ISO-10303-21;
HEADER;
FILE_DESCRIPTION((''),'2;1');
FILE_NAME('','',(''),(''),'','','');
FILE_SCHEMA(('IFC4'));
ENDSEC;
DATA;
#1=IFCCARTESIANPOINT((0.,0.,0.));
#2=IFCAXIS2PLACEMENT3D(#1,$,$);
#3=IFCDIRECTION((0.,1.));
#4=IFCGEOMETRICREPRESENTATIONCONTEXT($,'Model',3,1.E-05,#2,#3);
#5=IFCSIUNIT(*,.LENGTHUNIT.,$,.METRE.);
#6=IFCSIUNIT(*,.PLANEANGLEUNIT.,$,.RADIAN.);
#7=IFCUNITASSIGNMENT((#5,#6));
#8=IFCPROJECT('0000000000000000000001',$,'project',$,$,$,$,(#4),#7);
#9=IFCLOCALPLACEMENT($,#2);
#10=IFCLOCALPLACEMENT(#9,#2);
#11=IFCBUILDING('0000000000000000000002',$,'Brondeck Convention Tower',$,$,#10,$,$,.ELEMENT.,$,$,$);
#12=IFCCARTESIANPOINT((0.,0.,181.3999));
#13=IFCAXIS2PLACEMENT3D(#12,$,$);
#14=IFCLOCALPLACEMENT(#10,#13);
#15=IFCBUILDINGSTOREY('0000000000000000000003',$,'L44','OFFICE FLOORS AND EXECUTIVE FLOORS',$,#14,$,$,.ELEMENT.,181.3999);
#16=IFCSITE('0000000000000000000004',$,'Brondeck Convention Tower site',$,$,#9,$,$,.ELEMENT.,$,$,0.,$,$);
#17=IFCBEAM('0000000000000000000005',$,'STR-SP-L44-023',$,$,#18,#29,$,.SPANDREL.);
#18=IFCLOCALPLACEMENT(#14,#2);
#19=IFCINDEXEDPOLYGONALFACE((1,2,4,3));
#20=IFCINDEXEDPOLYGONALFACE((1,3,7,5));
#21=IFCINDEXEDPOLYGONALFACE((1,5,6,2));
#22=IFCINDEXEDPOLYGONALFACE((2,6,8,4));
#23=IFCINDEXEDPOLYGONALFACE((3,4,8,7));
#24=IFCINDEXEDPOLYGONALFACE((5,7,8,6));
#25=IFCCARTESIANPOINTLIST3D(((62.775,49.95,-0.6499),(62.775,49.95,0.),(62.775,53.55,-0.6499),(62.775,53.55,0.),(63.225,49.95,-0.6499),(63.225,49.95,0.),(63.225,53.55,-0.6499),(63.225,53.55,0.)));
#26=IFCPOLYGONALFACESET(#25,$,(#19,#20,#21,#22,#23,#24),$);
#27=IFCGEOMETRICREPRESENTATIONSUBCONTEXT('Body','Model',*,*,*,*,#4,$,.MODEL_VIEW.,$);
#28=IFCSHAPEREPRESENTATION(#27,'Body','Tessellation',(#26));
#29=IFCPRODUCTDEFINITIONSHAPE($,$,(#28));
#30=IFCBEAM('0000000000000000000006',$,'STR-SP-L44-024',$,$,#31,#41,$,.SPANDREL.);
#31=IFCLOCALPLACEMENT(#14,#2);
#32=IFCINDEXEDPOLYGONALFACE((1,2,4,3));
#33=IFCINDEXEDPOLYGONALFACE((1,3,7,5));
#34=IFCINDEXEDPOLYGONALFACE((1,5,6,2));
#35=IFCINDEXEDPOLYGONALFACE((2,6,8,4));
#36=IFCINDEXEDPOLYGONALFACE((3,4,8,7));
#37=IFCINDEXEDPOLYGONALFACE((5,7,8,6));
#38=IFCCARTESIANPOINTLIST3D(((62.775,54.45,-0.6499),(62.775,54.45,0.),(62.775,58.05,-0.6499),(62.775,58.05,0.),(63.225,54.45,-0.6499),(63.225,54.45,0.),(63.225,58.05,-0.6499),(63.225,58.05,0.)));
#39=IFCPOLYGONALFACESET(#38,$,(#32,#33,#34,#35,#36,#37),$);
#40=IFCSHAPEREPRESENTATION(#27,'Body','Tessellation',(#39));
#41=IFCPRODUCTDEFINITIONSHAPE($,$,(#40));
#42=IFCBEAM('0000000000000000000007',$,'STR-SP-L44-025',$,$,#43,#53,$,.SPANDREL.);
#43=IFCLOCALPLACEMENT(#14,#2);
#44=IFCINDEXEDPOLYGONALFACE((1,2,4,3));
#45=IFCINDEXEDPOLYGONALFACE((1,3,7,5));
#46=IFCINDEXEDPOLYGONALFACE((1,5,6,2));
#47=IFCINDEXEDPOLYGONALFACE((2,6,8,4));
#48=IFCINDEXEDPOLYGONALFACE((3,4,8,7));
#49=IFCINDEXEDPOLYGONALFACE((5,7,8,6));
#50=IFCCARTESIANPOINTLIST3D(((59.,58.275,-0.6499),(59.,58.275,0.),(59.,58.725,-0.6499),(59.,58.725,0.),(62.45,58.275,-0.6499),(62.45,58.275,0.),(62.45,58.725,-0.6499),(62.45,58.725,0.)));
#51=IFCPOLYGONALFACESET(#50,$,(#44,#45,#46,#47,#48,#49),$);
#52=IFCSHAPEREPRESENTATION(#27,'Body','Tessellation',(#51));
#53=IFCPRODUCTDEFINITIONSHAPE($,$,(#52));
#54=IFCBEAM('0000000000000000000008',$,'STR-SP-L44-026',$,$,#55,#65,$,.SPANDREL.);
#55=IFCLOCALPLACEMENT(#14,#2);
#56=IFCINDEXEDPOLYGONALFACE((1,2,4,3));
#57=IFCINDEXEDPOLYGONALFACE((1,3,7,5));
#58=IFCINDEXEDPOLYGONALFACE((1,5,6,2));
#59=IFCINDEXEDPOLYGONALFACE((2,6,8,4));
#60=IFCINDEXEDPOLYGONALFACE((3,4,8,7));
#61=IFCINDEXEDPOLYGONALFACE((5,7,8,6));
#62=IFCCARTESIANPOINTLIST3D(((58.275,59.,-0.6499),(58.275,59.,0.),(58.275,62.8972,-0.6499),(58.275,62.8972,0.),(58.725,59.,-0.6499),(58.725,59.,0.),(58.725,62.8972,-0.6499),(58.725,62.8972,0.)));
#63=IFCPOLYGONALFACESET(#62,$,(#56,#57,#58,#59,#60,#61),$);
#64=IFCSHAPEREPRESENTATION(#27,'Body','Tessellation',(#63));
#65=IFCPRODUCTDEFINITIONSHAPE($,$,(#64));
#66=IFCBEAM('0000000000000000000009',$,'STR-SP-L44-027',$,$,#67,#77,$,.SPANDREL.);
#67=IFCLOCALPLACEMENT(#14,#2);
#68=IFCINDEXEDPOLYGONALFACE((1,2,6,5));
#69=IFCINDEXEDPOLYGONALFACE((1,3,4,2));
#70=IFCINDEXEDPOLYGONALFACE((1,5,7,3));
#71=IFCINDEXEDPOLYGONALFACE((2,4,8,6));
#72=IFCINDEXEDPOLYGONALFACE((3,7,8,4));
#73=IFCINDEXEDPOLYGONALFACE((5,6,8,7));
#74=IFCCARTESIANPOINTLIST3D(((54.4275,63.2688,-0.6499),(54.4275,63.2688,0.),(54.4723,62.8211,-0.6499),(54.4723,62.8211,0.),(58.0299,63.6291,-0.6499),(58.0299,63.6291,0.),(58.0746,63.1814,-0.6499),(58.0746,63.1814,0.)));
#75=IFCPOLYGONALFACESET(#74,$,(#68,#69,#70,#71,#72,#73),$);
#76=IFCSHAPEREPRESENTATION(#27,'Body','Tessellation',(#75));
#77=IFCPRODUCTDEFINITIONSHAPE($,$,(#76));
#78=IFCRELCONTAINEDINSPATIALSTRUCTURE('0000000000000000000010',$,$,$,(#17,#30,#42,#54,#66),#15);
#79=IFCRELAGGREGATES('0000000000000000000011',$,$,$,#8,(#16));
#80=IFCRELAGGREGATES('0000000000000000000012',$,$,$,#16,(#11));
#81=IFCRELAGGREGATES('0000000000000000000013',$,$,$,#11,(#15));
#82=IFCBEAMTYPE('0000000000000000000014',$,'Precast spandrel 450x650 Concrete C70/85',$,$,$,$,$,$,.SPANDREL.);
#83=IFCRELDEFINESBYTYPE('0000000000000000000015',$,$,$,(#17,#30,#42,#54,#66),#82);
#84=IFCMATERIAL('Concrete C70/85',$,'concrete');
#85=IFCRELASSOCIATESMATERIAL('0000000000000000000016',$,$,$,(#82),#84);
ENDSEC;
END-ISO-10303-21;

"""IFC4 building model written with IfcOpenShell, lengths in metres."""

from ifc_helpers import new_model, si_unit, direction, frame, origin, origin_2d, place, context, subcontext, project, spatial, rectangle, extrude, material, material_profile, profile_set, type_object, element, save


model = new_model("IFC4")

# Units and contexts
model_context = context("Model", 3, precision=1e-05, world=origin(), true_north=direction((0.0, 1.0)))
body_context = subcontext(model_context, "Body", "Model", "MODEL_VIEW")
ifc_project = project(units=[si_unit("LENGTHUNIT", "METRE"), si_unit("PLANEANGLEUNIT", "RADIAN")], contexts=[model_context])

# Site, building, storey
site_placement = place(None, origin())
site = spatial("IfcSite", under=ifc_project, at=site_placement, Name="Brondeck Convention Tower site", CompositionType="ELEMENT", RefElevation=0.0)
building_placement = place(site_placement, origin())
building = spatial("IfcBuilding", under=site, at=building_placement, Name="Brondeck Convention Tower", CompositionType="ELEMENT")
storey_placement = place(building_placement, frame((0.0, 0.0, 181.3999)))
storey = spatial("IfcBuildingStorey", under=building, at=storey_placement, Name="L44", Description="OFFICE FLOORS AND EXECUTIVE FLOORS", CompositionType="ELEMENT", Elevation=181.3999)

# Shared definitions
ifc_material_1 = material(Name="Concrete C70/85", Category="concrete")

# Beams
ifc_material_profile_1 = material_profile(ifc_material_1, rectangle(XDim=0.45, YDim=0.6499, at=origin_2d()), Name="Precast spandrel 450x650 Concrete C70/85")
ifc_profile_set_1 = profile_set([ifc_material_profile_1], Name="Concrete C70/85")
beam_type_1 = type_object("IfcBeamType", Name="Precast spandrel 450x650 Concrete C70/85", PredefinedType="SPANDREL", material=ifc_profile_set_1)
for number, where, z_axis, x_axis, name in (
    (1, (63.0, 49.95, -0.325), (0.0, 1.0, 0.0), (-1.0, 0.0, 0.0), "STR-SP-L44-023"),
    (2, (63.0, 54.45, -0.325), (0.0, 1.0, 0.0), (-1.0, 0.0, 0.0), "STR-SP-L44-024"),
):
    element("IfcBeam", number, at=place(storey_placement, frame(where, z_axis=z_axis, x_axis=x_axis)), inside=storey, type_object=beam_type_1, Name=name, PredefinedType="SPANDREL", context=body_context, shape_type="SweptSolid", body=[
        extrude(rectangle(XDim=0.45, YDim=0.6499, at=origin_2d()), origin(), (0.0, 0.0, 1.0), 3.6001),
    ])
beam_1_placement = place(storey_placement, frame((62.45, 58.5, -0.325), z_axis=(-1.0, 0.0, 0.0), x_axis=(0.0, -1.0, 0.0)))
element("IfcBeam", 3, at=beam_1_placement, inside=storey, type_object=beam_type_1, Name="STR-SP-L44-025", PredefinedType="SPANDREL", context=body_context, shape_type="SweptSolid", body=[
    extrude(rectangle(XDim=0.45, YDim=0.6499, at=origin_2d()), origin(), (0.0, 0.0, 1.0), 3.45),
])
beam_2_placement = place(storey_placement, frame((58.5, 59.0, -0.325), z_axis=(0.0, 1.0, 0.0), x_axis=(-1.0, 0.0, 0.0)))
element("IfcBeam", 4, at=beam_2_placement, inside=storey, type_object=beam_type_1, Name="STR-SP-L44-026", PredefinedType="SPANDREL", context=body_context, shape_type="SweptSolid", body=[
    extrude(rectangle(XDim=0.45, YDim=0.6499, at=origin_2d()), origin(), (0.0, 0.0, 1.0), 3.8972),
])
beam_3_placement = place(storey_placement, frame((58.0522, 63.4053, -0.325), z_axis=(-0.995034, -0.099537, 0.0), x_axis=(0.099537, -0.995034, 0.0)))
element("IfcBeam", 5, at=beam_3_placement, inside=storey, type_object=beam_type_1, Name="STR-SP-L44-027", PredefinedType="SPANDREL", context=body_context, shape_type="SweptSolid", body=[
    extrude(rectangle(XDim=0.45, YDim=0.6499, at=origin_2d()), origin(), (0.0, 0.0, 1.0), 3.6204),
])

save(model, "model.ifc")
